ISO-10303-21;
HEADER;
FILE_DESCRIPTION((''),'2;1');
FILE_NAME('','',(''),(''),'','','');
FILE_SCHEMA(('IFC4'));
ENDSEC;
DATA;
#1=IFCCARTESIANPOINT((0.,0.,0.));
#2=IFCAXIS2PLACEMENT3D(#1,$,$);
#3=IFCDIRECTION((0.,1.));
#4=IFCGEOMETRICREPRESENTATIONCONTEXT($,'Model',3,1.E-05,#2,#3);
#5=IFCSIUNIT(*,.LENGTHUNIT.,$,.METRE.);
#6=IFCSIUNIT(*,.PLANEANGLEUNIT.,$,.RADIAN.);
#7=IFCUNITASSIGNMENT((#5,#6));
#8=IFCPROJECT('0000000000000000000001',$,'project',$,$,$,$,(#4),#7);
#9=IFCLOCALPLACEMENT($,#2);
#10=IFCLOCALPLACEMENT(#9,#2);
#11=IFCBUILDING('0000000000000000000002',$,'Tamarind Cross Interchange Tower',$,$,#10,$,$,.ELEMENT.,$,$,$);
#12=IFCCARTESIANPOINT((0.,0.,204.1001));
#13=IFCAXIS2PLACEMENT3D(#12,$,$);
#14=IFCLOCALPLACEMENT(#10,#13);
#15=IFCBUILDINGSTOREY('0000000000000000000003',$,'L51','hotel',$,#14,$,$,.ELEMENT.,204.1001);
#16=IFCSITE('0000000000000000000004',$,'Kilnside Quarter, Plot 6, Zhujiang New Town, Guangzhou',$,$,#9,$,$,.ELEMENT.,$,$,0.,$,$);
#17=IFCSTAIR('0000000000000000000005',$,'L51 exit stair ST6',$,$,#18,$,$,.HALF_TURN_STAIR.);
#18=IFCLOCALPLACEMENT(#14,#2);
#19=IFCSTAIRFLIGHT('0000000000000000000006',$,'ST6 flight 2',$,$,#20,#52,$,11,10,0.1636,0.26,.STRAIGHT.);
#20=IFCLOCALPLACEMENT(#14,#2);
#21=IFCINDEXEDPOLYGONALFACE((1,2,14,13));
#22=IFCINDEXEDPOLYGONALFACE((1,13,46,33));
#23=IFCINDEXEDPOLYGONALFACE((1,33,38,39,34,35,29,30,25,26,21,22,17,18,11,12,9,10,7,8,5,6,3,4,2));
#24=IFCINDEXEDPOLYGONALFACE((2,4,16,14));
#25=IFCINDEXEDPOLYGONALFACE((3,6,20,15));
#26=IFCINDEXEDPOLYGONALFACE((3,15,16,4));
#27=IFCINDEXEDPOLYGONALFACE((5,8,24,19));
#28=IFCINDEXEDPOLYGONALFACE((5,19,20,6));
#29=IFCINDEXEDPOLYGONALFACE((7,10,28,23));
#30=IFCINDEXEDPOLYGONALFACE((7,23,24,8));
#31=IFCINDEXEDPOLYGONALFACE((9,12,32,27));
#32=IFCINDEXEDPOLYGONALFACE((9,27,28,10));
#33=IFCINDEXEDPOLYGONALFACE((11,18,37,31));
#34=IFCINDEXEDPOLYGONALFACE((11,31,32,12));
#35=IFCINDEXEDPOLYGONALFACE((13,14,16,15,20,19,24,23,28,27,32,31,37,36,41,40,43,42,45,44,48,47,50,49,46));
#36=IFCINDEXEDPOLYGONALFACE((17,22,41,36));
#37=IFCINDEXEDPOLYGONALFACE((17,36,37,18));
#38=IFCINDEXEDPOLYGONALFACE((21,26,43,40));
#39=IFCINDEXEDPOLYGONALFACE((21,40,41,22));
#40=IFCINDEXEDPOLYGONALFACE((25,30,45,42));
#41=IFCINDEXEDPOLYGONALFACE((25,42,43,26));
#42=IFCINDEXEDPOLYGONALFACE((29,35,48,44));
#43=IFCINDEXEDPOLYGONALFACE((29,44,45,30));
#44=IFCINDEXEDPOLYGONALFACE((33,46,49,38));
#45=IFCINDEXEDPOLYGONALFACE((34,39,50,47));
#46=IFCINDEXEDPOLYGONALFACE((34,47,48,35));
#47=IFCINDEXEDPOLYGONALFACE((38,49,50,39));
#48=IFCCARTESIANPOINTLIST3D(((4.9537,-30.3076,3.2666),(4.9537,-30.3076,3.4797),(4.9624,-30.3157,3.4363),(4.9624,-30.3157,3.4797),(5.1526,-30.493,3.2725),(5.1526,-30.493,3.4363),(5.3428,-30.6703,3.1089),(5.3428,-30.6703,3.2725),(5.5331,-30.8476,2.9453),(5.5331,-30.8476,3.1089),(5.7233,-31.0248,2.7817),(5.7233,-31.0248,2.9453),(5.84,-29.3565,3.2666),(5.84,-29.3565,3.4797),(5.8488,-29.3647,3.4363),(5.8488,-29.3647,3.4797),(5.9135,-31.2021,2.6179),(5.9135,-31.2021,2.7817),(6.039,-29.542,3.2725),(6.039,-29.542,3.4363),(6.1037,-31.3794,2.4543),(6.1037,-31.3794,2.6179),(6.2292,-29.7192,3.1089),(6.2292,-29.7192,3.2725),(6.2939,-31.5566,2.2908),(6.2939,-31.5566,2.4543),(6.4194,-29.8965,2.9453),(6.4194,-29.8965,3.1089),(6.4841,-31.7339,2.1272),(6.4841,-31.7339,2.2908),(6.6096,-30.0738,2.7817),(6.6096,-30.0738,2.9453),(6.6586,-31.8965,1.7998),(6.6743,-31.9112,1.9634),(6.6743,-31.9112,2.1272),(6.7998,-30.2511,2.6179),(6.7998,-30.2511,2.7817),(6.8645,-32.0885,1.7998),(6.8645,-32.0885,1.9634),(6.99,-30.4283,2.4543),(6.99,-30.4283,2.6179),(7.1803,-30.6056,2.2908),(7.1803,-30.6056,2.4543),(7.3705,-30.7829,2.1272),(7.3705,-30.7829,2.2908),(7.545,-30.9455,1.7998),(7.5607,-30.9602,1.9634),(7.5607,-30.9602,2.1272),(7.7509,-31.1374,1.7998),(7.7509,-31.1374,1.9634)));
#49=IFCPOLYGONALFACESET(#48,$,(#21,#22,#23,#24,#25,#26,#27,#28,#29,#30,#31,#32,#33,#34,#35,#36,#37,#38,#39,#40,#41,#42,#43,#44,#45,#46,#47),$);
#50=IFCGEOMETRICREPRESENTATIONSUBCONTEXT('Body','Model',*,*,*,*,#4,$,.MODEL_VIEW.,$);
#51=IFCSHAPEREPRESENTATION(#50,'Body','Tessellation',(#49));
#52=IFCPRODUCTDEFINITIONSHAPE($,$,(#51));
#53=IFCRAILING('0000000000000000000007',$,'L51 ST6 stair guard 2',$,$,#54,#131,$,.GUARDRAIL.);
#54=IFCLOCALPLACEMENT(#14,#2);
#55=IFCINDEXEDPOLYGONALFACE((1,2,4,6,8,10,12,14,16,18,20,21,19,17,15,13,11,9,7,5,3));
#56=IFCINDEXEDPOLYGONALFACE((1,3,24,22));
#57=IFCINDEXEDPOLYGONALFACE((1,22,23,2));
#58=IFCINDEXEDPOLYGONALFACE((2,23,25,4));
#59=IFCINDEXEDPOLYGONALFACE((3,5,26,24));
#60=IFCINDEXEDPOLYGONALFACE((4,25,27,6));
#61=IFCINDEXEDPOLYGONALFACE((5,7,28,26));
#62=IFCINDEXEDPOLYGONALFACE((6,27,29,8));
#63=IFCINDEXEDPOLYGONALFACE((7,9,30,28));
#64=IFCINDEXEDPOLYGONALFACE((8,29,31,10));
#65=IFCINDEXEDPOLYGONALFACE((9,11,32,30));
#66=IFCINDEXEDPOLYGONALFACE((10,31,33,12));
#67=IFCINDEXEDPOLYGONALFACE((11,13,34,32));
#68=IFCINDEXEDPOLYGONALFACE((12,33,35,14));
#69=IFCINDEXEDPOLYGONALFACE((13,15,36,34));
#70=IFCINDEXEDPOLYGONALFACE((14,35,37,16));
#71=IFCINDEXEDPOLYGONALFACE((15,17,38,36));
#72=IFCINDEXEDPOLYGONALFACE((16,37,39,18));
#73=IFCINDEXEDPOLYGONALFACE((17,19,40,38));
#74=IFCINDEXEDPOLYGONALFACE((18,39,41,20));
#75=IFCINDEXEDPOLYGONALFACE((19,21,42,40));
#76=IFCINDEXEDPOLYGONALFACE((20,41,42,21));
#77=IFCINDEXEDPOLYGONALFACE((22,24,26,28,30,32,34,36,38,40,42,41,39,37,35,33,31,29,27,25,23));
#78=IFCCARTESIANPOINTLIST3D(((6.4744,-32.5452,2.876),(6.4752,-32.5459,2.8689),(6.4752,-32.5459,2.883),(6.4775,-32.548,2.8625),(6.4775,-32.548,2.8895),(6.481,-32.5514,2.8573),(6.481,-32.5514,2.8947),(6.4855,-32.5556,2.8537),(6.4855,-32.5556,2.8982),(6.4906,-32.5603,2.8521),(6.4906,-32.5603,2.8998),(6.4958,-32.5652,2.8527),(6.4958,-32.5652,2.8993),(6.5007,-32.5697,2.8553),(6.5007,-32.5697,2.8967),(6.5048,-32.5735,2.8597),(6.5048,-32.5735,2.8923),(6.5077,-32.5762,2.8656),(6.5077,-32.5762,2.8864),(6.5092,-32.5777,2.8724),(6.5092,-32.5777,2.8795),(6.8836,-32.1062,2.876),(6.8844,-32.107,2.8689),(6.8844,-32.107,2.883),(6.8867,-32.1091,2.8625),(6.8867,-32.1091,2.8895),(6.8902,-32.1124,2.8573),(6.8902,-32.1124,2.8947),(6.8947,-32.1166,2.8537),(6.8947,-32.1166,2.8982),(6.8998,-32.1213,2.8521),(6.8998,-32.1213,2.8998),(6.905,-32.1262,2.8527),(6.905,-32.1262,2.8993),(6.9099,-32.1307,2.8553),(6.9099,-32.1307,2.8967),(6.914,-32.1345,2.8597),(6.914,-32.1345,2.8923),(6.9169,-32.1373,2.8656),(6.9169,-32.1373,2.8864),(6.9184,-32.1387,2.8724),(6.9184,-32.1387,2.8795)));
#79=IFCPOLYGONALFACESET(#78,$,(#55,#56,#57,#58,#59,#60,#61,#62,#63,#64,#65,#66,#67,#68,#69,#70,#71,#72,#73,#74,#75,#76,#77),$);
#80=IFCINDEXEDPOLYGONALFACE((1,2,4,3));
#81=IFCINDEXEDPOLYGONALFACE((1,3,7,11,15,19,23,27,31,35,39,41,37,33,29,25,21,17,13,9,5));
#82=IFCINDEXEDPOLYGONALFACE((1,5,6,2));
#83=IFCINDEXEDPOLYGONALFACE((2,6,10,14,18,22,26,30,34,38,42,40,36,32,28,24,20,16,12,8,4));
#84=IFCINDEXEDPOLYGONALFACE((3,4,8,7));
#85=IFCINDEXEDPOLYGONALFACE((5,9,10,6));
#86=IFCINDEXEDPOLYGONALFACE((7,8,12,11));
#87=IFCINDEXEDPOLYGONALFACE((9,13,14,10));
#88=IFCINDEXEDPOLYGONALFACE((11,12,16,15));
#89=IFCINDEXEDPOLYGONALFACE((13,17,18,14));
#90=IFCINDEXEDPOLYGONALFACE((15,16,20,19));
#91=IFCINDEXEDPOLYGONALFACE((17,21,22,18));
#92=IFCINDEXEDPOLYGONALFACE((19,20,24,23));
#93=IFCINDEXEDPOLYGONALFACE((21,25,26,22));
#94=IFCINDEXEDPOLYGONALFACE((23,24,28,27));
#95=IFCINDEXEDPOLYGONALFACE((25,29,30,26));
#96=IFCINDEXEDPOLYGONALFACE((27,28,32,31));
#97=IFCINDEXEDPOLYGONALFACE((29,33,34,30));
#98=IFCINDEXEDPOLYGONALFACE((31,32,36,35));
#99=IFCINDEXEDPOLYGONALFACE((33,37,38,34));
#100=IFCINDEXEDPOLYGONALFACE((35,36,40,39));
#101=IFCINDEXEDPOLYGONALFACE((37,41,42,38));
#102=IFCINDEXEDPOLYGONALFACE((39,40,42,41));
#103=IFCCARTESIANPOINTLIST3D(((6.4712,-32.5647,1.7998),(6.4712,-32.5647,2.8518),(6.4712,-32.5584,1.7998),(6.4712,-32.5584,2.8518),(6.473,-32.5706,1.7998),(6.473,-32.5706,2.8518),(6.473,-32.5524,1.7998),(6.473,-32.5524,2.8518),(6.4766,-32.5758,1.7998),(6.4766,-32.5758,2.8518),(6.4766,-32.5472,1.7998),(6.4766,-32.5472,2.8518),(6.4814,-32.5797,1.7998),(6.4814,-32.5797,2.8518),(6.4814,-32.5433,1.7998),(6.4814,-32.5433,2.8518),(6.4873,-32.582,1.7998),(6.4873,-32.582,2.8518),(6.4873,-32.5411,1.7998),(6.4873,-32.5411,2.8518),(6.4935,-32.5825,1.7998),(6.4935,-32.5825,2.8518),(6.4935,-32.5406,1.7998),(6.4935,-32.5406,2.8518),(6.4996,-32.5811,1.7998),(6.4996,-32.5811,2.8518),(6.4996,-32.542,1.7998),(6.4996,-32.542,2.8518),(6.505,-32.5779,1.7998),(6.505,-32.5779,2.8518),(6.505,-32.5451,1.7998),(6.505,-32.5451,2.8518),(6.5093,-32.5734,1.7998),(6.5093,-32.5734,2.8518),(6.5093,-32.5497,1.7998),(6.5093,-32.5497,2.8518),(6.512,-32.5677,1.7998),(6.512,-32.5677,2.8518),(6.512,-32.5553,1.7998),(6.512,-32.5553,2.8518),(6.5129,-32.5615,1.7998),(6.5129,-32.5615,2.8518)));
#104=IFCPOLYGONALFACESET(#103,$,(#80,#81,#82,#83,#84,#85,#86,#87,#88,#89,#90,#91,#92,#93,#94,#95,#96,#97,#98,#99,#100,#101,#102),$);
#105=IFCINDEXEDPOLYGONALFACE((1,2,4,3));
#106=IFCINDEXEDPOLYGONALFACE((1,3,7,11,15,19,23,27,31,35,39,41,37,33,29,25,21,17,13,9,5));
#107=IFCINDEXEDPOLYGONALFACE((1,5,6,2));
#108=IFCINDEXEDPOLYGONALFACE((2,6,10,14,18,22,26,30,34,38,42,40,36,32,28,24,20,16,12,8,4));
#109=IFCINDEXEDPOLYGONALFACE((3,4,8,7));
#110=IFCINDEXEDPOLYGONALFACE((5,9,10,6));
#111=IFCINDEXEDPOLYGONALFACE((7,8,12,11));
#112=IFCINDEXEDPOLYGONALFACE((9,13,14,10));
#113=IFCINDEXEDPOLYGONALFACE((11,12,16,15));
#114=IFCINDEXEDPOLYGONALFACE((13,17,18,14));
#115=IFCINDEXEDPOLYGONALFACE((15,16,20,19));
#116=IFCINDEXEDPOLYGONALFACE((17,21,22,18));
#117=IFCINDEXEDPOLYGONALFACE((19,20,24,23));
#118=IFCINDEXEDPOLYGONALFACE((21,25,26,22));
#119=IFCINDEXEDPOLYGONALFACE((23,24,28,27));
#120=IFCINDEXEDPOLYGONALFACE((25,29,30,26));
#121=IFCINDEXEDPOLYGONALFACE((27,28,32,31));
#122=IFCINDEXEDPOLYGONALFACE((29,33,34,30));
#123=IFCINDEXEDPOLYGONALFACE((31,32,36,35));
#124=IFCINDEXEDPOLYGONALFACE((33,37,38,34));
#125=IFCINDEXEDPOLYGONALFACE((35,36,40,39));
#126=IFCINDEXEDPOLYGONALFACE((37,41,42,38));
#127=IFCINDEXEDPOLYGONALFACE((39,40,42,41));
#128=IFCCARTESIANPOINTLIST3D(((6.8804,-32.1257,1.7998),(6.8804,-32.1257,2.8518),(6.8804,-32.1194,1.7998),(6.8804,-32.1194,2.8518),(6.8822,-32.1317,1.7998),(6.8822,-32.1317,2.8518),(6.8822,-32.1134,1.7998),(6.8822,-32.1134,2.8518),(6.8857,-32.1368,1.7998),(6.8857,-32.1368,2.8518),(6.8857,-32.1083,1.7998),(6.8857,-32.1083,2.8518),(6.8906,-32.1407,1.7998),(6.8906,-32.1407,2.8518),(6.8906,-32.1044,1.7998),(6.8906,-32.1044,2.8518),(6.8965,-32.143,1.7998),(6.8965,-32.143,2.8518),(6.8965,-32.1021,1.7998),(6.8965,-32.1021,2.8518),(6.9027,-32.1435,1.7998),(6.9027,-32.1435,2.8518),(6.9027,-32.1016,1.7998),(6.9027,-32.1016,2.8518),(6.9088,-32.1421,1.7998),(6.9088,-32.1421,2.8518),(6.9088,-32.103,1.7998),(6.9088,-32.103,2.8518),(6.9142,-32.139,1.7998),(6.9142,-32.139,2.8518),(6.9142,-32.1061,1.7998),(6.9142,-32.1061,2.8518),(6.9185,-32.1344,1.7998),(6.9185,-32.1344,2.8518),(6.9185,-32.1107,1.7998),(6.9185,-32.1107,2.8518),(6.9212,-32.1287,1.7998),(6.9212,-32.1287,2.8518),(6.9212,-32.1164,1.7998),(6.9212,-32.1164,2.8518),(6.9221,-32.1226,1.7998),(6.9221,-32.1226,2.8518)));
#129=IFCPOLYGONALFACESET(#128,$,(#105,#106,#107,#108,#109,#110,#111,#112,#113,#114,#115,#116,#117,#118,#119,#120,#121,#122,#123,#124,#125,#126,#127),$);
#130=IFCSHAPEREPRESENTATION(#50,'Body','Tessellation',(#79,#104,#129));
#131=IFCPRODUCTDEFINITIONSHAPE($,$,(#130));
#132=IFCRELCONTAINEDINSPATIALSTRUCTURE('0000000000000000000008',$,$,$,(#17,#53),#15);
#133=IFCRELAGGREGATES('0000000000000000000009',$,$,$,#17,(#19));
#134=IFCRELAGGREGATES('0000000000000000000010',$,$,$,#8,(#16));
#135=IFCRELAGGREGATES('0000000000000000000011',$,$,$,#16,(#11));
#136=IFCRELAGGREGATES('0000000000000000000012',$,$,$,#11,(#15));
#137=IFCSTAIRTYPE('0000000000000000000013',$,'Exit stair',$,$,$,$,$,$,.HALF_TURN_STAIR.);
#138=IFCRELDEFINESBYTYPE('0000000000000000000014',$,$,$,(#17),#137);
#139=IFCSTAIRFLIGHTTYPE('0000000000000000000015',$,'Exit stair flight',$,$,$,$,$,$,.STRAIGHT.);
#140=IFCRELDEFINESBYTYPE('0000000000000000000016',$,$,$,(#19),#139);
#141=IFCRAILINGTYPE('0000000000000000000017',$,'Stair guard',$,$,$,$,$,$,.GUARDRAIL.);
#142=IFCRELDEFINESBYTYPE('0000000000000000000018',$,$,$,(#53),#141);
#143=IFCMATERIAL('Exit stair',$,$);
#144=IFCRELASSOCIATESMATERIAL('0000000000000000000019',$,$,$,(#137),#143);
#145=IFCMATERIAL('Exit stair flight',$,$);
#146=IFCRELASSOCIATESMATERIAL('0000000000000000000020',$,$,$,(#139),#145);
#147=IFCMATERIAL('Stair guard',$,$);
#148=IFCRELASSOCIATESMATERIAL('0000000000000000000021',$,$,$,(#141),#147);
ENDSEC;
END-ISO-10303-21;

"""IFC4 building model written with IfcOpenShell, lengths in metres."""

from ifc_helpers import new_model, si_unit, direction, frame, origin, origin_2d, place, context, subcontext, project, spatial, polyline, circle, outline, extrude, material, type_object, element, aggregate, save


model = new_model("IFC4")

# Units and contexts
model_context = context("Model", 3, precision=1e-05, world=origin(), true_north=direction((0.0, 1.0)))
body_context = subcontext(model_context, "Body", "Model", "MODEL_VIEW")
ifc_project = project(units=[si_unit("LENGTHUNIT", "METRE"), si_unit("PLANEANGLEUNIT", "RADIAN")], contexts=[model_context])

# Site, building, storey
site_placement = place(None, origin())
site = spatial("IfcSite", under=ifc_project, at=site_placement, Name="Kilnside Quarter, Plot 6, Zhujiang New Town, Guangzhou", CompositionType="ELEMENT", RefElevation=0.0)
building_placement = place(site_placement, origin())
building = spatial("IfcBuilding", under=site, at=building_placement, Name="Tamarind Cross Interchange Tower", CompositionType="ELEMENT")
storey_placement = place(building_placement, frame((0.0, 0.0, 204.1001)))
storey = spatial("IfcBuildingStorey", under=building, at=storey_placement, Name="L51", Description="hotel", CompositionType="ELEMENT", Elevation=204.1001)

# Stair, stair flight
ifc_material_1 = material(Name="Exit stair")
stair_type = type_object("IfcStairType", Name="Exit stair", PredefinedType="HALF_TURN_STAIR", material=ifc_material_1)
stair_placement = place(storey_placement, origin())
stair = element("IfcStair", 1, at=stair_placement, inside=storey, type_object=stair_type, Name="L51 exit stair ST6", PredefinedType="HALF_TURN_STAIR")
ifc_material_2 = material(Name="Exit stair flight")
stair_flight_type = type_object("IfcStairFlightType", Name="Exit stair flight", PredefinedType="STRAIGHT", material=ifc_material_2)
stair_flight_1_placement = place(storey_placement, frame((7.3076, -31.613, 1.7998), z_axis=(0.0, 0.0, 1.0), x_axis=(-0.731544, 0.681794, 0.0)))
stair_flight_1 = element("IfcStairFlight", 2, at=stair_flight_1_placement, type_object=stair_flight_type, Name="ST6 flight 2", NumberOfRisers=11, NumberOfTreads=10, PredefinedType="STRAIGHT", RiserHeight=0.1636, TreadLength=0.26, context=body_context, shape_type="SweptSolid", body=[
    extrude(outline(polyline([(0.0, 0.0), (0.0, 0.1636), (0.26, 0.1636), (0.26, 0.3274), (0.52, 0.3274), (0.52, 0.491), (0.78, 0.491), (0.78, 0.6545), (1.04, 0.6545), (1.04, 0.8181), (1.3, 0.8181), (1.3, 0.9819), (1.5601, 0.9819), (1.5601, 1.1455), (1.8201, 1.1455), (1.8201, 1.3091), (2.0801, 1.3091), (2.0801, 1.4727), (2.3401, 1.4727), (2.3401, 1.6365), (2.6001, 1.6365), (2.6001, 1.6799), (2.6121, 1.6799), (2.6121, 1.4668), (0.2815, 0.0), (0.0, 0.0)])), frame((0.0, 0.6499, 0.0), z_axis=(0.0, -1.0, 0.0), x_axis=(1.0, 0.0, 0.0)), (0.0, 0.0, 1.0), 1.3),
])
aggregate(stair, [stair_flight_1])

# Railing
ifc_material_3 = material(Name="Stair guard")
railing_type_1 = type_object("IfcRailingType", Name="Stair guard", PredefinedType="GUARDRAIL", material=ifc_material_3)
railing_1_placement = place(storey_placement, frame((6.4919, -32.5615, 1.7998)))
element("IfcRailing", 3, at=railing_1_placement, inside=storey, type_object=railing_type_1, Name="L51 ST6 stair guard 2", PredefinedType="GUARDRAIL", context=body_context, shape_type="SweptSolid", body=[
    extrude(circle(Radius=0.0239, at=origin_2d()), frame((0.0, 0.0, 1.0762), z_axis=(0.681854, 0.731488, 0.0), x_axis=(-0.731488, 0.681854, 0.0)), (0.0, 0.0, 1.0), 0.6001),
    extrude(circle(Radius=0.021, at=origin_2d()), origin(), (0.0, 0.0, 1.0), 1.052),
    extrude(circle(Radius=0.021, at=origin_2d()), frame((0.4092, 0.439, 0.0)), (0.0, 0.0, 1.0), 1.052),
])

save(model, "model.ifc")
